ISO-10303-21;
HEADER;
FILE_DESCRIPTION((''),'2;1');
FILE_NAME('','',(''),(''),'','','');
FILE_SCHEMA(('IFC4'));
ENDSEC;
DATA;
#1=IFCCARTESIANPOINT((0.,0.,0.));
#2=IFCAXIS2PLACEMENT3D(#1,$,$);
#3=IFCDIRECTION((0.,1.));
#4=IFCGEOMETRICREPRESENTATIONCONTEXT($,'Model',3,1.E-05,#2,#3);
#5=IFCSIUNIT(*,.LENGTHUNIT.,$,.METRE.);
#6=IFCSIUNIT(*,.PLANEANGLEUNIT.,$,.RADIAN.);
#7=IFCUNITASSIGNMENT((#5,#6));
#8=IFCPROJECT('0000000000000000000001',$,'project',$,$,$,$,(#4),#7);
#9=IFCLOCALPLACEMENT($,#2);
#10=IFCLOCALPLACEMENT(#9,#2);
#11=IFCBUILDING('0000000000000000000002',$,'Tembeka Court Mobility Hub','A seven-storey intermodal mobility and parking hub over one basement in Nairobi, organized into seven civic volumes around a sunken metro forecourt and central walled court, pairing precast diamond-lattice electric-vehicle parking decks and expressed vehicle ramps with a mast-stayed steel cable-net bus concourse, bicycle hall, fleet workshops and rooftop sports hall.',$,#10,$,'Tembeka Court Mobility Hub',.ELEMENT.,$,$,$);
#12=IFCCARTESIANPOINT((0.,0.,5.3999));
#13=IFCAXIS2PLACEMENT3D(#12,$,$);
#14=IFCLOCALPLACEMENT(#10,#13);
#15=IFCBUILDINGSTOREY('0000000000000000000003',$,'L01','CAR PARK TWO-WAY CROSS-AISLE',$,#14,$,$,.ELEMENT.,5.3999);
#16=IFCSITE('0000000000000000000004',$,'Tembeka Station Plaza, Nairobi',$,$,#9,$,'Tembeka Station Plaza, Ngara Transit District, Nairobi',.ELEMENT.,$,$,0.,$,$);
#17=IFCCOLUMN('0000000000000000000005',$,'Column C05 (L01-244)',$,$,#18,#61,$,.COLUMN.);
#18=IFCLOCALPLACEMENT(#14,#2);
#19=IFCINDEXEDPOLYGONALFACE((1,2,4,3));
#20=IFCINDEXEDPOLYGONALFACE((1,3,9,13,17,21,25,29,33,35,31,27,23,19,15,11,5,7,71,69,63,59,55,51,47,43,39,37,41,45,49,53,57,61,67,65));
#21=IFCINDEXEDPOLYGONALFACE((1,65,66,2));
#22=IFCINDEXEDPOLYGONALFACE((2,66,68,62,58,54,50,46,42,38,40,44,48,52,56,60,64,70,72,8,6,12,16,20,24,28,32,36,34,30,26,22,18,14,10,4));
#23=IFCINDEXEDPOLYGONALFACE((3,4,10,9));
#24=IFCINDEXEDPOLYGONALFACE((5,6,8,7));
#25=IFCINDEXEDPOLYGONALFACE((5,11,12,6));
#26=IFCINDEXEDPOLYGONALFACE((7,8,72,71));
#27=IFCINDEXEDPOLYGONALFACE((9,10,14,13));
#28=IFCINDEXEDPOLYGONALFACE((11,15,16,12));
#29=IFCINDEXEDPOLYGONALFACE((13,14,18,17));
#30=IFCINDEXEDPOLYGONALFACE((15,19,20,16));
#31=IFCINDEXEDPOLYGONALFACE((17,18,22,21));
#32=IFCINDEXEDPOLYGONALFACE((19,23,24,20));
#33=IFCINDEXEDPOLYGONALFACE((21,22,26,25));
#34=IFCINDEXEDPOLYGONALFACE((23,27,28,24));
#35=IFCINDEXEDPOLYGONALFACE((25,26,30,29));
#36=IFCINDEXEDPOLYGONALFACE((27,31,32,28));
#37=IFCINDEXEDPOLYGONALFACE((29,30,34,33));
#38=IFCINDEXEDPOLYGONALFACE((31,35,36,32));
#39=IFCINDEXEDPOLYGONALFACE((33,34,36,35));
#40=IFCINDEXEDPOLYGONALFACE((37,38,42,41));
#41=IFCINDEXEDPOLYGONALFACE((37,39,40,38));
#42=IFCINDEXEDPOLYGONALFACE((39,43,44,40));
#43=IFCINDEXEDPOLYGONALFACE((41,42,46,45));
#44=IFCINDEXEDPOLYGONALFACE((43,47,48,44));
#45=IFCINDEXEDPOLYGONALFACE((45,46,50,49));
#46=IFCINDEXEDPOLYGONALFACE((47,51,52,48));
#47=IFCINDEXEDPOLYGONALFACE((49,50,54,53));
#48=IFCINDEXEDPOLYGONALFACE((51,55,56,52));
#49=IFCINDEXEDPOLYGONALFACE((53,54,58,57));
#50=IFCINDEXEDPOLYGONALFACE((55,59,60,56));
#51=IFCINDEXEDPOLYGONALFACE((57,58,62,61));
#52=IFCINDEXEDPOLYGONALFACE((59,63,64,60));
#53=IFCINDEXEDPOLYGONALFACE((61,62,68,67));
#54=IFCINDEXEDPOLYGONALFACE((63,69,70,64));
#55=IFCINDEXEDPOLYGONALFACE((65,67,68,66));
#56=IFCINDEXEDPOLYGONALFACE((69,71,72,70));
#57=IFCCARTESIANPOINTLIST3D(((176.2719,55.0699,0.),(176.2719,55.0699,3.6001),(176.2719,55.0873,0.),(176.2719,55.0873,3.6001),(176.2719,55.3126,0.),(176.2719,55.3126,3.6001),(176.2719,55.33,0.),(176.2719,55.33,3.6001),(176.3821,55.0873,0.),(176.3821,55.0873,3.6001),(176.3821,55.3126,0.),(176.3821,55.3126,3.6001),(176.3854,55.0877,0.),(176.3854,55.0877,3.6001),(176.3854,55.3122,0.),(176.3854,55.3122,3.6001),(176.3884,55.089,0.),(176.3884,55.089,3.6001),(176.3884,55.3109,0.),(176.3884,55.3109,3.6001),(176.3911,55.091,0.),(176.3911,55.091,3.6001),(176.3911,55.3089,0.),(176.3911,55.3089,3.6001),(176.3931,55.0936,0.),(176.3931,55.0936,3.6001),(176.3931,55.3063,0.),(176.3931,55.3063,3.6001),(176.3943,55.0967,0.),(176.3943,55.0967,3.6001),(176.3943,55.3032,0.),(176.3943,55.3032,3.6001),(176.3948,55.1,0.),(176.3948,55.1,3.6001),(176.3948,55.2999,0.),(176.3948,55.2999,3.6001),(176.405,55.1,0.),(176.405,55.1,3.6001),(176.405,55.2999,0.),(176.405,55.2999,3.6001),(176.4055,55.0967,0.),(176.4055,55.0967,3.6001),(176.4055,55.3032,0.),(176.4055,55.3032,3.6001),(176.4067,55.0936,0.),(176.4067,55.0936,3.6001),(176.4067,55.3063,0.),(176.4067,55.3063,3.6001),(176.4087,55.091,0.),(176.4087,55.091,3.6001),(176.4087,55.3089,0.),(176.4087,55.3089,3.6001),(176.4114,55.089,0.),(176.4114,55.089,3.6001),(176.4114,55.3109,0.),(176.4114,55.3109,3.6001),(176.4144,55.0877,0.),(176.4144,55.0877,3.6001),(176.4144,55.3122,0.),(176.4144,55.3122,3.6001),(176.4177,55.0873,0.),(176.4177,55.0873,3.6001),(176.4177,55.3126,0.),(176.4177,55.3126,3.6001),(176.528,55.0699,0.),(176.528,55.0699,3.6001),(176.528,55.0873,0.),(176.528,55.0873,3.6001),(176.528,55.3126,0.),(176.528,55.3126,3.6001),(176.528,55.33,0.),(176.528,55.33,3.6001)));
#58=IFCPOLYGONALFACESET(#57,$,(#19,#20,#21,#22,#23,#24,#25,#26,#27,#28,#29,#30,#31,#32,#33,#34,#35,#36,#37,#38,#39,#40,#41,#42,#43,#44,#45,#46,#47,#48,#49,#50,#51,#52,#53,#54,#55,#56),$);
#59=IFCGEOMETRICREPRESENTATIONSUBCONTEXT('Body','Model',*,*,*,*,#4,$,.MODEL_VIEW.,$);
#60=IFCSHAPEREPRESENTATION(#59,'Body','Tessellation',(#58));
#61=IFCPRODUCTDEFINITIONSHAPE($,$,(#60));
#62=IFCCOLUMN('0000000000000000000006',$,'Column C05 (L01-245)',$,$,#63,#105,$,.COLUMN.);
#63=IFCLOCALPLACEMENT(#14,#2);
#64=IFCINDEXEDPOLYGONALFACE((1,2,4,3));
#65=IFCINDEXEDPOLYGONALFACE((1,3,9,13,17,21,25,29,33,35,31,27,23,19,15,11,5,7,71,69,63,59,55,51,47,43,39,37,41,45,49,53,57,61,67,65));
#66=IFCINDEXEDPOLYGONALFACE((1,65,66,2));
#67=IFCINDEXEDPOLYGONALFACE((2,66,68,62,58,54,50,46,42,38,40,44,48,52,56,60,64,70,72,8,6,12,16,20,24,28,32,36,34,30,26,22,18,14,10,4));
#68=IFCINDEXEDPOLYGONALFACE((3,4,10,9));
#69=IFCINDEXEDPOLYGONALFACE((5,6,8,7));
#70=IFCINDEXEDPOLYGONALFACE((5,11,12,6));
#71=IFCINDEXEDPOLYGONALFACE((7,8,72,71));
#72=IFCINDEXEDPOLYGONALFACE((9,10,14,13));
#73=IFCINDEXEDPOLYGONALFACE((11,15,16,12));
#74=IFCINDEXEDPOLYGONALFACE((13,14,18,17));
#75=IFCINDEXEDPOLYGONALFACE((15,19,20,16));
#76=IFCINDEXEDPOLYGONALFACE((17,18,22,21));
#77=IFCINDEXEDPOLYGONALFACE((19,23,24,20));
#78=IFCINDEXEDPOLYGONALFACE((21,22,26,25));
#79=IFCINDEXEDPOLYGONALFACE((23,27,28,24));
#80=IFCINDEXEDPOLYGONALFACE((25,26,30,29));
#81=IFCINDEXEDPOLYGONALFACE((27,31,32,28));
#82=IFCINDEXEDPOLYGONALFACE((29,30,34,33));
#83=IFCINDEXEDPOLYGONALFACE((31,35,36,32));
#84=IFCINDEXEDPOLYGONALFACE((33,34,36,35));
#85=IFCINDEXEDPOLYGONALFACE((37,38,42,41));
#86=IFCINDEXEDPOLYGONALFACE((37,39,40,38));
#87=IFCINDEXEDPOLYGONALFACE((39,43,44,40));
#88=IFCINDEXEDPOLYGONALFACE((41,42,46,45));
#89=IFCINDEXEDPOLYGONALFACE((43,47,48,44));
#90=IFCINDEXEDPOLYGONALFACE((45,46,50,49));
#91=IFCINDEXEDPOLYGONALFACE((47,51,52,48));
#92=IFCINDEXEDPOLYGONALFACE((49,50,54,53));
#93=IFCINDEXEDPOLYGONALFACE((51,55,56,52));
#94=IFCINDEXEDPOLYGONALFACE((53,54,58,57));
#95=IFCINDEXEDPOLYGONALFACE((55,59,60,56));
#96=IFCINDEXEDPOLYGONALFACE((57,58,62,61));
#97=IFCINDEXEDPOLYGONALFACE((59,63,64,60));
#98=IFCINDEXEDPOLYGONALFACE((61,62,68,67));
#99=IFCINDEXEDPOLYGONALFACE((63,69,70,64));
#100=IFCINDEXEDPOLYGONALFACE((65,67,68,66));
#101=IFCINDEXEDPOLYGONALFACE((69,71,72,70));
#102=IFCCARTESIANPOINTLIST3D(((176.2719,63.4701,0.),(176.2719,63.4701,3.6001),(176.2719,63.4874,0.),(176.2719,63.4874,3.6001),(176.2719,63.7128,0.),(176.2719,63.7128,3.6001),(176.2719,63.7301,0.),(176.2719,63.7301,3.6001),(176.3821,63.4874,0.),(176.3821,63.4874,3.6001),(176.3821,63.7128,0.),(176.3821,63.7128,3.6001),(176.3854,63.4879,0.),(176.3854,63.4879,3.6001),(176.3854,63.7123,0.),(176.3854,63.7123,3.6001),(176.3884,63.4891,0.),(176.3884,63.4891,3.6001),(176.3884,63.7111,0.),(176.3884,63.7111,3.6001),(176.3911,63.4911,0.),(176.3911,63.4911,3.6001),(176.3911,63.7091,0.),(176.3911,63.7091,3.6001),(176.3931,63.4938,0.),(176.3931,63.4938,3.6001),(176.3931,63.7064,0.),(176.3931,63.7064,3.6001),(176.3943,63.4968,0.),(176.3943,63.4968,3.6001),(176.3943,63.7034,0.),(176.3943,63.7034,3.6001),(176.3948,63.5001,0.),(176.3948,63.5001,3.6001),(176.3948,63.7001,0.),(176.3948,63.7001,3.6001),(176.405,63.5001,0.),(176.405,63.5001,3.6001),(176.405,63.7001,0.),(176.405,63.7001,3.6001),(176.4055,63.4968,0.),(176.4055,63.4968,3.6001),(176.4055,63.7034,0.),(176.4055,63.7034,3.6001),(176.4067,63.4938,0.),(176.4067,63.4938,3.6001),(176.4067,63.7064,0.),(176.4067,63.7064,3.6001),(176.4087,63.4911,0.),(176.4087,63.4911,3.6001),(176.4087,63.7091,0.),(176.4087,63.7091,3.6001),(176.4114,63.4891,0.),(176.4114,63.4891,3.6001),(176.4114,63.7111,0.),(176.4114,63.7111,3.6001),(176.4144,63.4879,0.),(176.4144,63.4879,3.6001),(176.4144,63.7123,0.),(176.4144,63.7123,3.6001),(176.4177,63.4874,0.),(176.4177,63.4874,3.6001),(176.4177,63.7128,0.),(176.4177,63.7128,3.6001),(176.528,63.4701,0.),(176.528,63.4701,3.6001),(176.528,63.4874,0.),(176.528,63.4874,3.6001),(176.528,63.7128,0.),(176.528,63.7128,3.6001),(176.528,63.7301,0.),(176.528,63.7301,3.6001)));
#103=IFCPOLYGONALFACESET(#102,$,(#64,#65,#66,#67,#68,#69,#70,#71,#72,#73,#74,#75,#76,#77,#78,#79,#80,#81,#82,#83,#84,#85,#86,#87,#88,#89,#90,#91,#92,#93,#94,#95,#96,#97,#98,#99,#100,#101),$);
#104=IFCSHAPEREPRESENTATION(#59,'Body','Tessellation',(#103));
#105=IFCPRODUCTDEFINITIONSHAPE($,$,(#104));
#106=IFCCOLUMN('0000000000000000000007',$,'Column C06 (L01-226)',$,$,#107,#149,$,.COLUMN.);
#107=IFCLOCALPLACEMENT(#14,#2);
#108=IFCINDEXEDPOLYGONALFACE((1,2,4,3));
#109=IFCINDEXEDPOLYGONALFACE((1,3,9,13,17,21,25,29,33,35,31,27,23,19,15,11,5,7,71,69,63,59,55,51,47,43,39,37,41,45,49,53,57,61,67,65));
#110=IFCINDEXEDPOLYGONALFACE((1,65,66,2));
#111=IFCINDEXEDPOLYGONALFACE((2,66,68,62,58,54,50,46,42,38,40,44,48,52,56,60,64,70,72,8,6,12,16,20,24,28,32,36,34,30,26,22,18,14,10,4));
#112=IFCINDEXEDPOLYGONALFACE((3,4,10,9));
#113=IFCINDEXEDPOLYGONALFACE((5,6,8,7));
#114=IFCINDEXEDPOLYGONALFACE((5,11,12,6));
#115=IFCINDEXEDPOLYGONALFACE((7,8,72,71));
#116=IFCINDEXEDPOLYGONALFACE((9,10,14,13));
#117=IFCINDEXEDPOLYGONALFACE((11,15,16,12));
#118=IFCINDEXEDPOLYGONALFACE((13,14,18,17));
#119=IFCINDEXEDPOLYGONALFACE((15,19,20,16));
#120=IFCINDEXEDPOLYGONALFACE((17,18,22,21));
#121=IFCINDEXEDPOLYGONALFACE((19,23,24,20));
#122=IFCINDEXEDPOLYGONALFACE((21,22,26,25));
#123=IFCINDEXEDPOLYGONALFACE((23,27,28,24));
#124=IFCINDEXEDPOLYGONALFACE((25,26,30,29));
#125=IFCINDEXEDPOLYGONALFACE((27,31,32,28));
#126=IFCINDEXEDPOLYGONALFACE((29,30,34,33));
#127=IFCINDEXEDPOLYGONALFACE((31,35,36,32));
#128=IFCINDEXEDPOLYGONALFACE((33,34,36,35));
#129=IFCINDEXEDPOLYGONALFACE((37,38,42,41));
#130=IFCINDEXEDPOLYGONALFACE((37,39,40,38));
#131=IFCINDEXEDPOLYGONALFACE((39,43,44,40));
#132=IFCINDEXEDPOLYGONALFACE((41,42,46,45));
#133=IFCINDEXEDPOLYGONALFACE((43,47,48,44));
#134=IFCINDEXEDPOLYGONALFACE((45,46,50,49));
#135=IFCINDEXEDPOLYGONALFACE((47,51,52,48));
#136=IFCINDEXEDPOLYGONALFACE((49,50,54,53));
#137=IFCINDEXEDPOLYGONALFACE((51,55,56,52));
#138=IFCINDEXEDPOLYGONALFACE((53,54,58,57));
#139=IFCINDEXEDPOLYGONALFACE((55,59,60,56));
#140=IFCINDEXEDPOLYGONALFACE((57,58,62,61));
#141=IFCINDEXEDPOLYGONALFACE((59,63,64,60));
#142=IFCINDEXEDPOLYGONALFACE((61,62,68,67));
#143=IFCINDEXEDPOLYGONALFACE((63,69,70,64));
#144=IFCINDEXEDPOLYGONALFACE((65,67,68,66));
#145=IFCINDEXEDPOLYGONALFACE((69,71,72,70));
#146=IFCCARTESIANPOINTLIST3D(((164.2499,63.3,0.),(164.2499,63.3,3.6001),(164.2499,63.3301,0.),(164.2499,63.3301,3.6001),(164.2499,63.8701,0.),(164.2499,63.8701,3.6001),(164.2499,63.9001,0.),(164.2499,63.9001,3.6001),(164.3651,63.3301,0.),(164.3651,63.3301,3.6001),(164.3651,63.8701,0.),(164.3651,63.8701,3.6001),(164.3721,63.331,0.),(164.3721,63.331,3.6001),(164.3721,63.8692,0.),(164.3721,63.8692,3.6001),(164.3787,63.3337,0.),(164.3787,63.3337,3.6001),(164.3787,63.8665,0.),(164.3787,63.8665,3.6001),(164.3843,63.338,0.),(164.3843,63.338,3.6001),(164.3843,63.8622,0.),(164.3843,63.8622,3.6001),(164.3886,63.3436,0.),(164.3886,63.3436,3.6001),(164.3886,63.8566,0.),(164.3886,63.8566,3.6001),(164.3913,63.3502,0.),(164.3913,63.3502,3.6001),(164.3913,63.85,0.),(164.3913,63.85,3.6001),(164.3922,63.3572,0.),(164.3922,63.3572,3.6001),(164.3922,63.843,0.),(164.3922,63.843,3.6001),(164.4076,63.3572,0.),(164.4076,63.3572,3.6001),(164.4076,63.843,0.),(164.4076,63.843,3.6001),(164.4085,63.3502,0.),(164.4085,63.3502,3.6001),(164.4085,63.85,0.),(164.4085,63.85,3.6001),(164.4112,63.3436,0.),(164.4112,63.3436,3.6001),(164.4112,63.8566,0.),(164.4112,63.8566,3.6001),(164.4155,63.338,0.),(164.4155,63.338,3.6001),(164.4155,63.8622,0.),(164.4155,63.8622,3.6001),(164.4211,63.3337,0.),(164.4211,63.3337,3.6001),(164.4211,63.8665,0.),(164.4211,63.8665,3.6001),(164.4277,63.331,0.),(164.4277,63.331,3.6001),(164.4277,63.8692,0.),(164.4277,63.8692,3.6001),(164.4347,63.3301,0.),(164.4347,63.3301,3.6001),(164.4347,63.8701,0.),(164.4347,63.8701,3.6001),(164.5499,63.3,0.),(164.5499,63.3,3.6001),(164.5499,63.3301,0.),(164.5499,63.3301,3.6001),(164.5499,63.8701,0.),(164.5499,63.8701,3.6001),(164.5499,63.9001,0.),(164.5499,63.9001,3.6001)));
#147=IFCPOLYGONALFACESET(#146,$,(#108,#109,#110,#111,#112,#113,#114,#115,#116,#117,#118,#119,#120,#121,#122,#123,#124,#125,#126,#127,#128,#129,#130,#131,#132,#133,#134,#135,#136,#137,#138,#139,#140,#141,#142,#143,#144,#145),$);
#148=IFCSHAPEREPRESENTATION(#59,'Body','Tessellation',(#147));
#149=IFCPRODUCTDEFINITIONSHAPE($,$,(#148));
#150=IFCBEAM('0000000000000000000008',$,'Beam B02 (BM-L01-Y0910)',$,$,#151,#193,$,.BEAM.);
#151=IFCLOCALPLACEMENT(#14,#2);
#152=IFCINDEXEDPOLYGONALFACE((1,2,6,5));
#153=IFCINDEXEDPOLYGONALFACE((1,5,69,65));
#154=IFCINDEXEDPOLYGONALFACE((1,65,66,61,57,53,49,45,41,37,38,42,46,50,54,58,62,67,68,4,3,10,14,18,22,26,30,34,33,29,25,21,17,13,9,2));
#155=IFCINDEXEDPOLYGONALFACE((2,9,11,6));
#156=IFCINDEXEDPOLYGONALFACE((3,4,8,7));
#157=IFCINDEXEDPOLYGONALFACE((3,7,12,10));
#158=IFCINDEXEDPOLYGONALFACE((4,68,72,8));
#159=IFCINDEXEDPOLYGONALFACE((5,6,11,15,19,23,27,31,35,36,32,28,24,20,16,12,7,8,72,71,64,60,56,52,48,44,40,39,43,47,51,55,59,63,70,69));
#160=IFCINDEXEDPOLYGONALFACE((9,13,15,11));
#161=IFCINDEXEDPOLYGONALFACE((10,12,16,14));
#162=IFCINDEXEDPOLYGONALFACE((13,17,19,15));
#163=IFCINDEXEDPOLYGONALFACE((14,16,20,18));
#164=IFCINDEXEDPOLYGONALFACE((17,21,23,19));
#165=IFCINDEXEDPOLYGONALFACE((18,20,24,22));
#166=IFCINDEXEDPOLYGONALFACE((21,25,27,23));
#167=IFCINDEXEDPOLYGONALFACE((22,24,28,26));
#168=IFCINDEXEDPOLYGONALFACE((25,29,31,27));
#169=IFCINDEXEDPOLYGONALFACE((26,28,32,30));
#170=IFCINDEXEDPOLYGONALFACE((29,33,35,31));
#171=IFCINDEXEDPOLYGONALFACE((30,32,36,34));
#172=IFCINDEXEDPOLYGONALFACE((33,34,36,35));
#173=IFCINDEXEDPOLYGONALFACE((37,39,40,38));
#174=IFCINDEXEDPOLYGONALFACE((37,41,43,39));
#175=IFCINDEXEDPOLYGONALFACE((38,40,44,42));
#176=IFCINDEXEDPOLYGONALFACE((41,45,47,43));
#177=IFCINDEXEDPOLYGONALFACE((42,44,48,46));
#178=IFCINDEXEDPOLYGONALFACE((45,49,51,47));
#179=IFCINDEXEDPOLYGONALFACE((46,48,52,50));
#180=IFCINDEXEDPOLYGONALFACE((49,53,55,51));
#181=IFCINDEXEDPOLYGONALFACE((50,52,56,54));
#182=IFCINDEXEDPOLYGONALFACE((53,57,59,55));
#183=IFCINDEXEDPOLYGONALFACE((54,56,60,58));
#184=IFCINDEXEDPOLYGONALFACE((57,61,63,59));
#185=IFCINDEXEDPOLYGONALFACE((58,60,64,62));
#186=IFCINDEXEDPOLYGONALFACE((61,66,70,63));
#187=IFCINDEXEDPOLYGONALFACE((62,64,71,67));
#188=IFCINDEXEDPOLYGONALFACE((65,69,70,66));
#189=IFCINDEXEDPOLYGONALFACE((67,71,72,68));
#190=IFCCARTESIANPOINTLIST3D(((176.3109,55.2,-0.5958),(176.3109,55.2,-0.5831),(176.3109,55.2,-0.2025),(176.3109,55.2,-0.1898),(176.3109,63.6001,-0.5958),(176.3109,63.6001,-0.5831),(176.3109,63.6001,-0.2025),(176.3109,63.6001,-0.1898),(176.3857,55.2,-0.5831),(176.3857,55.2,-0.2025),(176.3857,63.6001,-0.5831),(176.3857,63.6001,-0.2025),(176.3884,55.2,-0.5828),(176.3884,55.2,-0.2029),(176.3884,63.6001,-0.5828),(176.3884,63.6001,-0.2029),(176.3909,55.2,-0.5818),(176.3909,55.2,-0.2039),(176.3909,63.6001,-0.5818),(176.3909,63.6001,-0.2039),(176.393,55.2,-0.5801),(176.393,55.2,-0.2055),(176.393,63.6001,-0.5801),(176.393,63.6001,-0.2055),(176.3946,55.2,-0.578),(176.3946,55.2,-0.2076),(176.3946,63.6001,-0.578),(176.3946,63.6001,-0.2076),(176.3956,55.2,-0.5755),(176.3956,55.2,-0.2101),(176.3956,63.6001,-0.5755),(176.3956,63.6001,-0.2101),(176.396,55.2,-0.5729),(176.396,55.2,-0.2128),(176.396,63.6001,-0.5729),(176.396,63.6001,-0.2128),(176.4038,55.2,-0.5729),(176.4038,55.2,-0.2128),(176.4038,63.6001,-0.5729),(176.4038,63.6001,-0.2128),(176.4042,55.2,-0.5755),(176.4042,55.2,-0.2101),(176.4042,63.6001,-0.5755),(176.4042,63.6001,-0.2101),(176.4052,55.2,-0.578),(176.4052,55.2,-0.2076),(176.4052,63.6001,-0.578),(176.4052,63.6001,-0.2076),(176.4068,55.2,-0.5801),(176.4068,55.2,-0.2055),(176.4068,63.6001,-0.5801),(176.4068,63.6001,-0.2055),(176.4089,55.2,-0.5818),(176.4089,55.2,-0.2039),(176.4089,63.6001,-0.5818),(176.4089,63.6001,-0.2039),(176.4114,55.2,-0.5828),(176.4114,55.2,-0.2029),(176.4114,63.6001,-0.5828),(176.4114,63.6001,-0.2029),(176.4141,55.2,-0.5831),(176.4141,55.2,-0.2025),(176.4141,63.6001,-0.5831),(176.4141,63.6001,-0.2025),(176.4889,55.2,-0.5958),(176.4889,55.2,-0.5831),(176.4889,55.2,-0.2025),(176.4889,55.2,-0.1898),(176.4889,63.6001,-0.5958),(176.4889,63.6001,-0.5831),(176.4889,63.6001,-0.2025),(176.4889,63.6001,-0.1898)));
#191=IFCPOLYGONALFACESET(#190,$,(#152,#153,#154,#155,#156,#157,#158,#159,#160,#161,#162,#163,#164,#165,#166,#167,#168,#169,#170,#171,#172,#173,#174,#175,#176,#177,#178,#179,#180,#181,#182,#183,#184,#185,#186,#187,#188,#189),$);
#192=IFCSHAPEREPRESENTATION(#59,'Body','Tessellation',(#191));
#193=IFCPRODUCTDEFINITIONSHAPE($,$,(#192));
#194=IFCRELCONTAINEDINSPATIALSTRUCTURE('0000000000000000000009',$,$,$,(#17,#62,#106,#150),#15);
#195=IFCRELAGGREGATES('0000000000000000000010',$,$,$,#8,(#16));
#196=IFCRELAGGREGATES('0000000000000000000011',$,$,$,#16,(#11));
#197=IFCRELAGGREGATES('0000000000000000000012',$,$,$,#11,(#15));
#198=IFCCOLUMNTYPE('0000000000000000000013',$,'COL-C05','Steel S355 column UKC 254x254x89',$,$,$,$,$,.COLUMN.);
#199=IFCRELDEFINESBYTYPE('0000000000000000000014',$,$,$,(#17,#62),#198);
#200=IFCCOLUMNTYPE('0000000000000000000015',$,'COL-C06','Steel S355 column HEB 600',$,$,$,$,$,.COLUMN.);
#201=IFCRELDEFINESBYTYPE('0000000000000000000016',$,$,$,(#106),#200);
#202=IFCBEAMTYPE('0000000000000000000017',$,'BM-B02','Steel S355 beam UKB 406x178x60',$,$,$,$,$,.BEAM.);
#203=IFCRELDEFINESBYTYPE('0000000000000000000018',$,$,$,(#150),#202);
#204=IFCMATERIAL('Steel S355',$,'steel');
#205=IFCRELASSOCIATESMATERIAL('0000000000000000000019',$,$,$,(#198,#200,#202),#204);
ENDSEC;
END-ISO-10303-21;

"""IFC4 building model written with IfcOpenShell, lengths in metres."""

from ifc_helpers import new_model, si_unit, direction, frame, origin, origin_2d, place, context, subcontext, project, spatial, i_section, extrude, material, material_profile, profile_set, type_object, element, save


model = new_model("IFC4")

# Units and contexts
model_context = context("Model", 3, precision=1e-05, world=origin(), true_north=direction((0.0, 1.0)))
body_context = subcontext(model_context, "Body", "Model", "MODEL_VIEW")
ifc_project = project(units=[si_unit("LENGTHUNIT", "METRE"), si_unit("PLANEANGLEUNIT", "RADIAN")], contexts=[model_context])

# Site, building, storey
site_placement = place(None, origin())
site = spatial("IfcSite", under=ifc_project, at=site_placement, Name="Tembeka Station Plaza, Nairobi", LongName="Tembeka Station Plaza, Ngara Transit District, Nairobi", CompositionType="ELEMENT", RefElevation=0.0)
building_placement = place(site_placement, origin())
building = spatial("IfcBuilding", under=site, at=building_placement, Name="Tembeka Court Mobility Hub", Description="A seven-storey intermodal mobility and parking hub over one basement in Nairobi, organized into seven civic volumes around a sunken metro forecourt and central walled court, pairing precast diamond-lattice electric-vehicle parking decks and expressed vehicle ramps with a mast-stayed steel cable-net bus concourse, bicycle hall, fleet workshops and rooftop sports hall.", LongName="Tembeka Court Mobility Hub", CompositionType="ELEMENT")
storey_placement = place(building_placement, frame((0.0, 0.0, 5.3999)))
storey = spatial("IfcBuildingStorey", under=building, at=storey_placement, Name="L01", Description="CAR PARK TWO-WAY CROSS-AISLE", CompositionType="ELEMENT", Elevation=5.3999)

# Columns
ifc_material_1 = material(Name="Steel S355", Category="steel")
ifc_material_profile_1 = material_profile(ifc_material_1, i_section(OverallWidth=0.2561, OverallDepth=0.26, WebThickness=0.0103, FlangeThickness=0.0173, FilletRadius=0.0127, at=origin_2d()), Name="UKC 254x254x89")
ifc_profile_set_1 = profile_set([ifc_material_profile_1], Name="Steel S355")
column_type_1 = type_object("IfcColumnType", Name="COL-C05", Description="Steel S355 column UKC 254x254x89", PredefinedType="COLUMN", material=ifc_profile_set_1)
for number, where, z_axis, x_axis, name in (
    (1, (176.3999, 55.2, 0.0), (0.0, 0.0, 1.0), (1.0, 0.0, 0.0), "Column C05 (L01-244)"),
    (2, (176.3999, 63.6001, 0.0), (0.0, 0.0, 1.0), (1.0, 0.0, 0.0), "Column C05 (L01-245)"),
):
    element("IfcColumn", number, at=place(storey_placement, frame(where, z_axis=z_axis, x_axis=x_axis)), inside=storey, type_object=column_type_1, Name=name, PredefinedType="COLUMN", context=body_context, shape_type="SweptSolid", body=[
        extrude(i_section(OverallWidth=0.2561, OverallDepth=0.26, WebThickness=0.0103, FlangeThickness=0.0173, FilletRadius=0.0127, at=origin_2d()), origin(), (0.0, 0.0, 1.0), 3.6001),
    ])
ifc_material_profile_2 = material_profile(ifc_material_1, i_section(OverallWidth=0.3, OverallDepth=0.6001, WebThickness=0.0154, FlangeThickness=0.03, FilletRadius=0.0271, at=origin_2d()), Name="HEB 600")
ifc_profile_set_2 = profile_set([ifc_material_profile_2], Name="Steel S355")
column_type_2 = type_object("IfcColumnType", Name="COL-C06", Description="Steel S355 column HEB 600", PredefinedType="COLUMN", material=ifc_profile_set_2)
column_placement = place(storey_placement, frame((164.3999, 63.6001, 0.0), z_axis=(0.0, 0.0, 1.0), x_axis=(1.0, 0.0, 0.0)))
element("IfcColumn", 3, at=column_placement, inside=storey, type_object=column_type_2, Name="Column C06 (L01-226)", PredefinedType="COLUMN", context=body_context, shape_type="SweptSolid", body=[
    extrude(i_section(OverallWidth=0.3, OverallDepth=0.6001, WebThickness=0.0154, FlangeThickness=0.03, FilletRadius=0.0271, at=origin_2d()), origin(), (0.0, 0.0, 1.0), 3.6001),
])

# Beam
ifc_material_profile_3 = material_profile(ifc_material_1, i_section(OverallWidth=0.178, OverallDepth=0.406, WebThickness=0.0078, FlangeThickness=0.0127, FilletRadius=0.0103, at=origin_2d()), Name="UKB 406x178x60")
ifc_profile_set_3 = profile_set([ifc_material_profile_3], Name="Steel S355")
beam_type_1 = type_object("IfcBeamType", Name="BM-B02", Description="Steel S355 beam UKB 406x178x60", PredefinedType="BEAM", material=ifc_profile_set_3)
beam_1_placement = place(storey_placement, frame((176.3999, 55.2, -0.3928), z_axis=(0.0, 1.0, 0.0), x_axis=(-1.0, 0.0, 0.0)))
element("IfcBeam", 4, at=beam_1_placement, inside=storey, type_object=beam_type_1, Name="Beam B02 (BM-L01-Y0910)", PredefinedType="BEAM", context=body_context, shape_type="SweptSolid", body=[
    extrude(i_section(OverallWidth=0.178, OverallDepth=0.406, WebThickness=0.0078, FlangeThickness=0.0127, FilletRadius=0.0103, at=origin_2d()), origin(), (0.0, 0.0, 1.0), 8.4001),
])

save(model, "model.ifc")
